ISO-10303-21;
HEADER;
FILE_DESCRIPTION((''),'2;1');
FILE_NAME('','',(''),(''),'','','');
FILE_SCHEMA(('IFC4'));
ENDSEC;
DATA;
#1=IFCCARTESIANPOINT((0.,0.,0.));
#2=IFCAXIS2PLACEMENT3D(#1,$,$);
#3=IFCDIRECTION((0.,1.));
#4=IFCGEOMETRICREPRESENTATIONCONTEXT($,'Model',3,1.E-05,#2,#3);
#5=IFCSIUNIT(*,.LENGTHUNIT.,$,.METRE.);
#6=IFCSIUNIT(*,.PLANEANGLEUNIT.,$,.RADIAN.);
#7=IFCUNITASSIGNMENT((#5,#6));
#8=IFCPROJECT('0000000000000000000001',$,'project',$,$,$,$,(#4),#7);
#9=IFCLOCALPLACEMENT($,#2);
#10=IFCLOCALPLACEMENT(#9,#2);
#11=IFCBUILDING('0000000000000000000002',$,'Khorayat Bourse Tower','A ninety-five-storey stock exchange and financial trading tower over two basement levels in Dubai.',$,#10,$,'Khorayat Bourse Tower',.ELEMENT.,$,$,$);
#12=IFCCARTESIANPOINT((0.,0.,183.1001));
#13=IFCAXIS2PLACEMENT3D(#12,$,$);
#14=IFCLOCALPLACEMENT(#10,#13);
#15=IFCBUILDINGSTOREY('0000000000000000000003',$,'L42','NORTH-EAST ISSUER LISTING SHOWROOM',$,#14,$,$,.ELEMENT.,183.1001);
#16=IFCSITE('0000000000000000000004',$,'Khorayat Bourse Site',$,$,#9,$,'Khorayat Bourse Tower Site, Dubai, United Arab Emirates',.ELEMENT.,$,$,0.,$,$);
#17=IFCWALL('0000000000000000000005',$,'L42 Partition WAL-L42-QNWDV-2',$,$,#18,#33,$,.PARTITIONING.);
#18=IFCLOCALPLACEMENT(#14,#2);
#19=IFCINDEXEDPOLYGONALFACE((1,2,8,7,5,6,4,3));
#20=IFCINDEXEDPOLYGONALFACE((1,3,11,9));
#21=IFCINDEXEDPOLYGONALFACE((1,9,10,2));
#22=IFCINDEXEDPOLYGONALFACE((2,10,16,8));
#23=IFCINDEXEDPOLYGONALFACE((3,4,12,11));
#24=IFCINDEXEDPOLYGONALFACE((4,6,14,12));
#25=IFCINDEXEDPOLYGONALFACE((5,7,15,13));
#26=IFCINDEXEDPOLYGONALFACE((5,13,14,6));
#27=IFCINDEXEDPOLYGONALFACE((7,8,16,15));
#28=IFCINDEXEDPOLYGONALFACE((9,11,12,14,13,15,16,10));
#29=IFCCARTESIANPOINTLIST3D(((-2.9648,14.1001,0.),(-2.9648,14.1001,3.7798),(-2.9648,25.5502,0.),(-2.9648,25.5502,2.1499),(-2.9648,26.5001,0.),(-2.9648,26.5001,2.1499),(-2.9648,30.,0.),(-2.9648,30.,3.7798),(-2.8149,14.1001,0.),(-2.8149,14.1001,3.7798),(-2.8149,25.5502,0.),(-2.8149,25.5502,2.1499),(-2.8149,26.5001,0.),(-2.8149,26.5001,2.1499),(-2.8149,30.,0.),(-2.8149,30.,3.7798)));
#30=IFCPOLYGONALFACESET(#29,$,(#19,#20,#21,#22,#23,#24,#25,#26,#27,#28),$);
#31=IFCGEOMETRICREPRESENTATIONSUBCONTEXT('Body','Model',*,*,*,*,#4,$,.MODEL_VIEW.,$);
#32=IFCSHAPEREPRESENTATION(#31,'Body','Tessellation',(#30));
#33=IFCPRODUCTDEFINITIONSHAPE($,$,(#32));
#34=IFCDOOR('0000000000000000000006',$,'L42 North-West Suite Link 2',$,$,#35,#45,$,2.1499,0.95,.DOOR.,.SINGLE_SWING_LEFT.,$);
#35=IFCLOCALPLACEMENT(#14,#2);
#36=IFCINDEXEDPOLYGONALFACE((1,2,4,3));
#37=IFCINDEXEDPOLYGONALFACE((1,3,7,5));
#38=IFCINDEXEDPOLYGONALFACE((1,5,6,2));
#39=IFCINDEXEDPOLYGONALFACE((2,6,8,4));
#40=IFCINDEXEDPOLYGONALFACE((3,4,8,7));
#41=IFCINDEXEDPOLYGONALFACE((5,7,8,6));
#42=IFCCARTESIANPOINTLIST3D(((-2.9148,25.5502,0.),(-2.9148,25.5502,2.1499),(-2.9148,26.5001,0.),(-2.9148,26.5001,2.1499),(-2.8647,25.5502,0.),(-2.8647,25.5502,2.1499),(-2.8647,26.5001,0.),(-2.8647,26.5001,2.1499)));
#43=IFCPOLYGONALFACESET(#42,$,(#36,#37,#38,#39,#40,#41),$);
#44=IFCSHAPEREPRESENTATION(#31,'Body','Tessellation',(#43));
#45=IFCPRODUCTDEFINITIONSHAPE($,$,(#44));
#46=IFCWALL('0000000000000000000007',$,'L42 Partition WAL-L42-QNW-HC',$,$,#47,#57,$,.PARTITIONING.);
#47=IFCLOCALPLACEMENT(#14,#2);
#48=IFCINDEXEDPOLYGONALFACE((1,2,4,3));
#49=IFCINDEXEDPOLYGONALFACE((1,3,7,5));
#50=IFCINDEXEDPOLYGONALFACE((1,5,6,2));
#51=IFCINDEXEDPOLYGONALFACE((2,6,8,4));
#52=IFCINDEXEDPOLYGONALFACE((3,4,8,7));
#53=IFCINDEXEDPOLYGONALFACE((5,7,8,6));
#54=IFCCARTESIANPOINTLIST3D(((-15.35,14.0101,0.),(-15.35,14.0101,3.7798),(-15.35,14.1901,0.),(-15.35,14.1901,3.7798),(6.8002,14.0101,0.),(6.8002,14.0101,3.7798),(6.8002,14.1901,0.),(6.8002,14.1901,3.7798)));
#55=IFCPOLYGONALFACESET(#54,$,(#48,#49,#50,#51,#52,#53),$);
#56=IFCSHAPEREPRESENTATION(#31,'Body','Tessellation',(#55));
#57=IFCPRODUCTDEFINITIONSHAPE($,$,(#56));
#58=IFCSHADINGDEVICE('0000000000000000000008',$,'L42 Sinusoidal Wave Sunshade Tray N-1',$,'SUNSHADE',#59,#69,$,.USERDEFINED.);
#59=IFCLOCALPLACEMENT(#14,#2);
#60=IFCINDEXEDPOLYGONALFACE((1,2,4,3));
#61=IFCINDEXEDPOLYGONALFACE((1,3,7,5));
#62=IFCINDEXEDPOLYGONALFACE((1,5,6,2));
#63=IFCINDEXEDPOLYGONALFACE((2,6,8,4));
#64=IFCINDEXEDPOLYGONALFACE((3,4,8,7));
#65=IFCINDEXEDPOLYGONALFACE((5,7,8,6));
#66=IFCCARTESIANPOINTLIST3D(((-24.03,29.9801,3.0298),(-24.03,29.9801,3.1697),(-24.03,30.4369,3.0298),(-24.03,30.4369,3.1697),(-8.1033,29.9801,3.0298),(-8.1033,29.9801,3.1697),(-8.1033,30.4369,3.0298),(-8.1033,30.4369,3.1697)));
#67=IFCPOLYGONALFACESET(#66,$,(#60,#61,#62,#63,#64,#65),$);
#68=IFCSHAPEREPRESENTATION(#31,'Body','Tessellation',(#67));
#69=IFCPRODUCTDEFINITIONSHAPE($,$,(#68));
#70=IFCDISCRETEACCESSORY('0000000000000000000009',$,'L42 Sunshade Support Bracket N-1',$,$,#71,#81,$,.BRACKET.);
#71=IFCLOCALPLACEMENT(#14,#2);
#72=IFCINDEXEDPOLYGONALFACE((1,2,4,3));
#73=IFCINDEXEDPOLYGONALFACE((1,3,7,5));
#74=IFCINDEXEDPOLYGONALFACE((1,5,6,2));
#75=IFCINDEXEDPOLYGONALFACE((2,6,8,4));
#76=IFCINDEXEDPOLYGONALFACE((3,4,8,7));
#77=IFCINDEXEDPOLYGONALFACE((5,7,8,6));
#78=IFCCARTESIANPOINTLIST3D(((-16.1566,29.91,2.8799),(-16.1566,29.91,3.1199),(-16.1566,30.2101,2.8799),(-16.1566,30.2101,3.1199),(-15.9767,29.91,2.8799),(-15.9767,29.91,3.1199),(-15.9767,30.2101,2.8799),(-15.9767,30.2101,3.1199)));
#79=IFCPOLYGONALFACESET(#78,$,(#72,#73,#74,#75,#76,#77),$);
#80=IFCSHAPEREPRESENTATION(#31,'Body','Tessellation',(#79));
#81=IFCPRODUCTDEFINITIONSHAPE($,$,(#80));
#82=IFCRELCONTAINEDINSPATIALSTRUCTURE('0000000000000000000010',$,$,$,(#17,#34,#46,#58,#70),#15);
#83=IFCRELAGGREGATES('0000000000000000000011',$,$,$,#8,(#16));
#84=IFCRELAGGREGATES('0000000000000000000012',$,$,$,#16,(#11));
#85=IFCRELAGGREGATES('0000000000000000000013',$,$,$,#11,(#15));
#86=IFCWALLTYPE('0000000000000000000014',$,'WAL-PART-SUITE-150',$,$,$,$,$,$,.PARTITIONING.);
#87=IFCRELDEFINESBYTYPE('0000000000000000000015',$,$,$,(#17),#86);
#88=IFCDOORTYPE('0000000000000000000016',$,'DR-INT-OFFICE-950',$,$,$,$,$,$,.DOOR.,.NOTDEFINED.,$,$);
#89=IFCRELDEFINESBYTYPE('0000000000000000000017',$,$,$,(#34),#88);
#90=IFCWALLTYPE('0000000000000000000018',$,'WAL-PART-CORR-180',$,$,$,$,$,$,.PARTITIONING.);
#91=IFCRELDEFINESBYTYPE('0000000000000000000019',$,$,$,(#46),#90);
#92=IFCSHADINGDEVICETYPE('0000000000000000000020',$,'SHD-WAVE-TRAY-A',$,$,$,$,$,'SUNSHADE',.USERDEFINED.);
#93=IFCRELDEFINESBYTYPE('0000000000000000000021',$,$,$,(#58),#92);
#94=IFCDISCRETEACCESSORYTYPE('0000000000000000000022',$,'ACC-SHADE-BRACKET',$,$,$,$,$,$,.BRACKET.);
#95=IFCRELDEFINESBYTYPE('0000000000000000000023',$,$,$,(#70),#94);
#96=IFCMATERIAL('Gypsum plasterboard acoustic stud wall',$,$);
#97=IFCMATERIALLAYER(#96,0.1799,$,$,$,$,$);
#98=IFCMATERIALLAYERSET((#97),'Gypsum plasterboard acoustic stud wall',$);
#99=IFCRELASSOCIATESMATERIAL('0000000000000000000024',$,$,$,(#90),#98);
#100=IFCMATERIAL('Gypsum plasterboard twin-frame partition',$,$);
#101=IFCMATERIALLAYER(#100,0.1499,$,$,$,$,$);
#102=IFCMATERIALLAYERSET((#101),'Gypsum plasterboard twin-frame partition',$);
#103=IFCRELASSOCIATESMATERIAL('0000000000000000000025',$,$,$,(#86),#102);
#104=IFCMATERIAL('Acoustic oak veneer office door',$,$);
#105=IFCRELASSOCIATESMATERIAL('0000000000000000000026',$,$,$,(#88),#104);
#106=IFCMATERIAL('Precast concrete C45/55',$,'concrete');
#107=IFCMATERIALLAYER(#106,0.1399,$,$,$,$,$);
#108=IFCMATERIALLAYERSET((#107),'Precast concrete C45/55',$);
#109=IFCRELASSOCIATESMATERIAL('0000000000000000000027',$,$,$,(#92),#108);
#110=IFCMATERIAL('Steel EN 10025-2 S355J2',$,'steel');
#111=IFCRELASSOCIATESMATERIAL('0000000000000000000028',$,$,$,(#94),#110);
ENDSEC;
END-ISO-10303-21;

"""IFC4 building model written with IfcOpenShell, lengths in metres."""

from ifc_helpers import new_model, si_unit, direction, frame, frame_2d, origin, origin_2d, place, context, subcontext, project, spatial, rectangle, extrude, source, transform, mapped, material, layer, layer_set, type_object, element, fill, save


model = new_model("IFC4")

# Units and contexts
model_context = context("Model", 3, precision=1e-05, world=origin(), true_north=direction((0.0, 1.0)))
body_context = subcontext(model_context, "Body", "Model", "MODEL_VIEW")
ifc_project = project(units=[si_unit("LENGTHUNIT", "METRE"), si_unit("PLANEANGLEUNIT", "RADIAN")], contexts=[model_context])

# Site, building, storey
site_placement = place(None, origin())
site = spatial("IfcSite", under=ifc_project, at=site_placement, Name="Khorayat Bourse Site", LongName="Khorayat Bourse Tower Site, Dubai, United Arab Emirates", CompositionType="ELEMENT", RefElevation=0.0)
building_placement = place(site_placement, origin())
building = spatial("IfcBuilding", under=site, at=building_placement, Name="Khorayat Bourse Tower", Description="A ninety-five-storey stock exchange and financial trading tower over two basement levels in Dubai.", LongName="Khorayat Bourse Tower", CompositionType="ELEMENT")
storey_placement = place(building_placement, frame((0.0, 0.0, 183.1001)))
storey = spatial("IfcBuildingStorey", under=building, at=storey_placement, Name="L42", Description="NORTH-EAST ISSUER LISTING SHOWROOM", CompositionType="ELEMENT", Elevation=183.1001)

# Shared definitions
ifc_material_1 = material(Name="Steel EN 10025-2 S355J2", Category="steel")

# Shared definitions
ifc_material_2 = material(Name="Gypsum plasterboard acoustic stud wall")
ifc_layer_1 = layer(ifc_material_2, 0.1799)
ifc_layer_set_1 = layer_set([ifc_layer_1], Name="Gypsum plasterboard acoustic stud wall")
wall_type_1 = type_object("IfcWallType", Name="WAL-PART-CORR-180", PredefinedType="PARTITIONING", material=ifc_layer_set_1)

# Wall, opening, door
ifc_material_3 = material(Name="Gypsum plasterboard twin-frame partition")
ifc_layer_2 = layer(ifc_material_3, 0.1499)
ifc_layer_set_2 = layer_set([ifc_layer_2], Name="Gypsum plasterboard twin-frame partition")
wall_type_2 = type_object("IfcWallType", Name="WAL-PART-SUITE-150", PredefinedType="PARTITIONING", material=ifc_layer_set_2)
shared_shape_1 = source(origin(), body_context, "Body", "SweptSolid", [
    extrude(rectangle(XDim=15.8999, YDim=0.1499, at=frame_2d((7.95, 0.0))), origin(), (0.0, 0.0, 1.0), 3.7798),
])
shared_shape_2 = source(origin(), body_context, "Body", "SweptSolid", [
    extrude(rectangle(XDim=0.95, YDim=2.1499, at=frame_2d((0.4751, 1.075))), frame((0.0, 0.085, 0.0), z_axis=(0.0, -1.0, 0.0), x_axis=(1.0, 0.0, 0.0)), (0.0, 0.0, 1.0), 0.1699),
])
ifc_material_4 = material(Name="Acoustic oak veneer office door")
door_type_1 = type_object("IfcDoorType", Name="DR-INT-OFFICE-950", OperationType="NOTDEFINED", PredefinedType="DOOR", material=ifc_material_4)
shared_shape_3 = source(origin(), body_context, "Body", "SweptSolid", [
    extrude(rectangle(XDim=0.95, YDim=2.1499, at=frame_2d((0.4751, 1.075))), frame((0.0, 0.0249, 0.0), z_axis=(0.0, -1.0, 0.0), x_axis=(1.0, 0.0, 0.0)), (0.0, 0.0, 1.0), 0.05),
])
wall_1_placement = place(storey_placement, frame((-2.8899, 14.1001, 0.0), z_axis=(0.0, 0.0, 1.0), x_axis=(0.0, 1.0, 0.0)))
wall_1 = element("IfcWall", 1, at=wall_1_placement, inside=storey, type_object=wall_type_2, Name="L42 Partition WAL-L42-QNWDV-2", PredefinedType="PARTITIONING", context=body_context, shape_type="MappedRepresentation", body=[
    mapped(shared_shape_1, transform((0.0, 0.0, 0.0), scale=1.0)),
])
opening_1_placement = place(wall_1_placement, frame((11.45, 0.0, 0.0)))
opening_1 = element("IfcOpeningElement", 2, at=opening_1_placement, cuts=wall_1, PredefinedType="OPENING", context=body_context, shape_type="MappedRepresentation", body=[
    mapped(shared_shape_2, transform((0.0, 0.0, 0.0), scale=1.0)),
])
door_1_placement = place(opening_1_placement, origin())
door_1 = element("IfcDoor", 3, at=door_1_placement, inside=storey, type_object=door_type_1, Name="L42 North-West Suite Link 2", OperationType="SINGLE_SWING_LEFT", OverallHeight=2.1499, OverallWidth=0.95, PredefinedType="DOOR", context=body_context, shape_type="MappedRepresentation", body=[
    mapped(shared_shape_3, transform((0.0, 0.0, 0.0), scale=1.0)),
])
fill(opening_1, door_1)

# Wall
shared_shape_4 = source(origin(), body_context, "Body", "SweptSolid", [
    extrude(rectangle(XDim=22.1501, YDim=0.1799, at=frame_2d((11.0752, 0.0))), origin(), (0.0, 0.0, 1.0), 3.7798),
])
wall_2_placement = place(storey_placement, frame((-15.3501, 14.1001, 0.0), z_axis=(0.0, 0.0, 1.0), x_axis=(1.0, 0.0, 0.0)))
element("IfcWall", 4, at=wall_2_placement, inside=storey, type_object=wall_type_1, Name="L42 Partition WAL-L42-QNW-HC", PredefinedType="PARTITIONING", context=body_context, shape_type="MappedRepresentation", body=[
    mapped(shared_shape_4, transform((0.0, 0.0, 0.0), scale=1.0)),
])

# Shading device
ifc_material_5 = material(Name="Precast concrete C45/55", Category="concrete")
ifc_layer_3 = layer(ifc_material_5, 0.1399)
ifc_layer_set_3 = layer_set([ifc_layer_3], Name="Precast concrete C45/55")
shading_device_type = type_object("IfcShadingDeviceType", Name="SHD-WAVE-TRAY-A", ElementType="SUNSHADE", PredefinedType="USERDEFINED", material=ifc_layer_set_3)
shared_shape_5 = source(origin(), body_context, "Body", "SweptSolid", [
    extrude(rectangle(XDim=15.9268, YDim=0.4568, at=origin_2d()), origin(), (0.0, 0.0, 1.0), 0.1399),
])
shading_device_placement = place(storey_placement, frame((-16.0667, 30.2085, 3.0298), z_axis=(0.0, 0.0, 1.0), x_axis=(1.0, 0.0, 0.0)))
element("IfcShadingDevice", 5, at=shading_device_placement, inside=storey, type_object=shading_device_type, Name="L42 Sinusoidal Wave Sunshade Tray N-1", ObjectType="SUNSHADE", PredefinedType="USERDEFINED", context=body_context, shape_type="MappedRepresentation", body=[
    mapped(shared_shape_5, transform((0.0, 0.0, 0.0), scale=1.0)),
])

# Discrete accessory
discrete_accessory_type = type_object("IfcDiscreteAccessoryType", Name="ACC-SHADE-BRACKET", PredefinedType="BRACKET", material=ifc_material_1)
shared_shape_6 = source(origin(), body_context, "Body", "SweptSolid", [
    extrude(rectangle(XDim=0.1799, YDim=0.3, at=origin_2d()), origin(), (0.0, 0.0, 1.0), 0.24),
])
discrete_accessory_placement = place(storey_placement, frame((-16.0667, 30.0601, 2.8799), z_axis=(0.0, 0.0, 1.0), x_axis=(1.0, 0.0, 0.0)))
element("IfcDiscreteAccessory", 6, at=discrete_accessory_placement, inside=storey, type_object=discrete_accessory_type, Name="L42 Sunshade Support Bracket N-1", PredefinedType="BRACKET", context=body_context, shape_type="MappedRepresentation", body=[
    mapped(shared_shape_6, transform((0.0, 0.0, 0.0), scale=1.0)),
])

save(model, "model.ifc")
